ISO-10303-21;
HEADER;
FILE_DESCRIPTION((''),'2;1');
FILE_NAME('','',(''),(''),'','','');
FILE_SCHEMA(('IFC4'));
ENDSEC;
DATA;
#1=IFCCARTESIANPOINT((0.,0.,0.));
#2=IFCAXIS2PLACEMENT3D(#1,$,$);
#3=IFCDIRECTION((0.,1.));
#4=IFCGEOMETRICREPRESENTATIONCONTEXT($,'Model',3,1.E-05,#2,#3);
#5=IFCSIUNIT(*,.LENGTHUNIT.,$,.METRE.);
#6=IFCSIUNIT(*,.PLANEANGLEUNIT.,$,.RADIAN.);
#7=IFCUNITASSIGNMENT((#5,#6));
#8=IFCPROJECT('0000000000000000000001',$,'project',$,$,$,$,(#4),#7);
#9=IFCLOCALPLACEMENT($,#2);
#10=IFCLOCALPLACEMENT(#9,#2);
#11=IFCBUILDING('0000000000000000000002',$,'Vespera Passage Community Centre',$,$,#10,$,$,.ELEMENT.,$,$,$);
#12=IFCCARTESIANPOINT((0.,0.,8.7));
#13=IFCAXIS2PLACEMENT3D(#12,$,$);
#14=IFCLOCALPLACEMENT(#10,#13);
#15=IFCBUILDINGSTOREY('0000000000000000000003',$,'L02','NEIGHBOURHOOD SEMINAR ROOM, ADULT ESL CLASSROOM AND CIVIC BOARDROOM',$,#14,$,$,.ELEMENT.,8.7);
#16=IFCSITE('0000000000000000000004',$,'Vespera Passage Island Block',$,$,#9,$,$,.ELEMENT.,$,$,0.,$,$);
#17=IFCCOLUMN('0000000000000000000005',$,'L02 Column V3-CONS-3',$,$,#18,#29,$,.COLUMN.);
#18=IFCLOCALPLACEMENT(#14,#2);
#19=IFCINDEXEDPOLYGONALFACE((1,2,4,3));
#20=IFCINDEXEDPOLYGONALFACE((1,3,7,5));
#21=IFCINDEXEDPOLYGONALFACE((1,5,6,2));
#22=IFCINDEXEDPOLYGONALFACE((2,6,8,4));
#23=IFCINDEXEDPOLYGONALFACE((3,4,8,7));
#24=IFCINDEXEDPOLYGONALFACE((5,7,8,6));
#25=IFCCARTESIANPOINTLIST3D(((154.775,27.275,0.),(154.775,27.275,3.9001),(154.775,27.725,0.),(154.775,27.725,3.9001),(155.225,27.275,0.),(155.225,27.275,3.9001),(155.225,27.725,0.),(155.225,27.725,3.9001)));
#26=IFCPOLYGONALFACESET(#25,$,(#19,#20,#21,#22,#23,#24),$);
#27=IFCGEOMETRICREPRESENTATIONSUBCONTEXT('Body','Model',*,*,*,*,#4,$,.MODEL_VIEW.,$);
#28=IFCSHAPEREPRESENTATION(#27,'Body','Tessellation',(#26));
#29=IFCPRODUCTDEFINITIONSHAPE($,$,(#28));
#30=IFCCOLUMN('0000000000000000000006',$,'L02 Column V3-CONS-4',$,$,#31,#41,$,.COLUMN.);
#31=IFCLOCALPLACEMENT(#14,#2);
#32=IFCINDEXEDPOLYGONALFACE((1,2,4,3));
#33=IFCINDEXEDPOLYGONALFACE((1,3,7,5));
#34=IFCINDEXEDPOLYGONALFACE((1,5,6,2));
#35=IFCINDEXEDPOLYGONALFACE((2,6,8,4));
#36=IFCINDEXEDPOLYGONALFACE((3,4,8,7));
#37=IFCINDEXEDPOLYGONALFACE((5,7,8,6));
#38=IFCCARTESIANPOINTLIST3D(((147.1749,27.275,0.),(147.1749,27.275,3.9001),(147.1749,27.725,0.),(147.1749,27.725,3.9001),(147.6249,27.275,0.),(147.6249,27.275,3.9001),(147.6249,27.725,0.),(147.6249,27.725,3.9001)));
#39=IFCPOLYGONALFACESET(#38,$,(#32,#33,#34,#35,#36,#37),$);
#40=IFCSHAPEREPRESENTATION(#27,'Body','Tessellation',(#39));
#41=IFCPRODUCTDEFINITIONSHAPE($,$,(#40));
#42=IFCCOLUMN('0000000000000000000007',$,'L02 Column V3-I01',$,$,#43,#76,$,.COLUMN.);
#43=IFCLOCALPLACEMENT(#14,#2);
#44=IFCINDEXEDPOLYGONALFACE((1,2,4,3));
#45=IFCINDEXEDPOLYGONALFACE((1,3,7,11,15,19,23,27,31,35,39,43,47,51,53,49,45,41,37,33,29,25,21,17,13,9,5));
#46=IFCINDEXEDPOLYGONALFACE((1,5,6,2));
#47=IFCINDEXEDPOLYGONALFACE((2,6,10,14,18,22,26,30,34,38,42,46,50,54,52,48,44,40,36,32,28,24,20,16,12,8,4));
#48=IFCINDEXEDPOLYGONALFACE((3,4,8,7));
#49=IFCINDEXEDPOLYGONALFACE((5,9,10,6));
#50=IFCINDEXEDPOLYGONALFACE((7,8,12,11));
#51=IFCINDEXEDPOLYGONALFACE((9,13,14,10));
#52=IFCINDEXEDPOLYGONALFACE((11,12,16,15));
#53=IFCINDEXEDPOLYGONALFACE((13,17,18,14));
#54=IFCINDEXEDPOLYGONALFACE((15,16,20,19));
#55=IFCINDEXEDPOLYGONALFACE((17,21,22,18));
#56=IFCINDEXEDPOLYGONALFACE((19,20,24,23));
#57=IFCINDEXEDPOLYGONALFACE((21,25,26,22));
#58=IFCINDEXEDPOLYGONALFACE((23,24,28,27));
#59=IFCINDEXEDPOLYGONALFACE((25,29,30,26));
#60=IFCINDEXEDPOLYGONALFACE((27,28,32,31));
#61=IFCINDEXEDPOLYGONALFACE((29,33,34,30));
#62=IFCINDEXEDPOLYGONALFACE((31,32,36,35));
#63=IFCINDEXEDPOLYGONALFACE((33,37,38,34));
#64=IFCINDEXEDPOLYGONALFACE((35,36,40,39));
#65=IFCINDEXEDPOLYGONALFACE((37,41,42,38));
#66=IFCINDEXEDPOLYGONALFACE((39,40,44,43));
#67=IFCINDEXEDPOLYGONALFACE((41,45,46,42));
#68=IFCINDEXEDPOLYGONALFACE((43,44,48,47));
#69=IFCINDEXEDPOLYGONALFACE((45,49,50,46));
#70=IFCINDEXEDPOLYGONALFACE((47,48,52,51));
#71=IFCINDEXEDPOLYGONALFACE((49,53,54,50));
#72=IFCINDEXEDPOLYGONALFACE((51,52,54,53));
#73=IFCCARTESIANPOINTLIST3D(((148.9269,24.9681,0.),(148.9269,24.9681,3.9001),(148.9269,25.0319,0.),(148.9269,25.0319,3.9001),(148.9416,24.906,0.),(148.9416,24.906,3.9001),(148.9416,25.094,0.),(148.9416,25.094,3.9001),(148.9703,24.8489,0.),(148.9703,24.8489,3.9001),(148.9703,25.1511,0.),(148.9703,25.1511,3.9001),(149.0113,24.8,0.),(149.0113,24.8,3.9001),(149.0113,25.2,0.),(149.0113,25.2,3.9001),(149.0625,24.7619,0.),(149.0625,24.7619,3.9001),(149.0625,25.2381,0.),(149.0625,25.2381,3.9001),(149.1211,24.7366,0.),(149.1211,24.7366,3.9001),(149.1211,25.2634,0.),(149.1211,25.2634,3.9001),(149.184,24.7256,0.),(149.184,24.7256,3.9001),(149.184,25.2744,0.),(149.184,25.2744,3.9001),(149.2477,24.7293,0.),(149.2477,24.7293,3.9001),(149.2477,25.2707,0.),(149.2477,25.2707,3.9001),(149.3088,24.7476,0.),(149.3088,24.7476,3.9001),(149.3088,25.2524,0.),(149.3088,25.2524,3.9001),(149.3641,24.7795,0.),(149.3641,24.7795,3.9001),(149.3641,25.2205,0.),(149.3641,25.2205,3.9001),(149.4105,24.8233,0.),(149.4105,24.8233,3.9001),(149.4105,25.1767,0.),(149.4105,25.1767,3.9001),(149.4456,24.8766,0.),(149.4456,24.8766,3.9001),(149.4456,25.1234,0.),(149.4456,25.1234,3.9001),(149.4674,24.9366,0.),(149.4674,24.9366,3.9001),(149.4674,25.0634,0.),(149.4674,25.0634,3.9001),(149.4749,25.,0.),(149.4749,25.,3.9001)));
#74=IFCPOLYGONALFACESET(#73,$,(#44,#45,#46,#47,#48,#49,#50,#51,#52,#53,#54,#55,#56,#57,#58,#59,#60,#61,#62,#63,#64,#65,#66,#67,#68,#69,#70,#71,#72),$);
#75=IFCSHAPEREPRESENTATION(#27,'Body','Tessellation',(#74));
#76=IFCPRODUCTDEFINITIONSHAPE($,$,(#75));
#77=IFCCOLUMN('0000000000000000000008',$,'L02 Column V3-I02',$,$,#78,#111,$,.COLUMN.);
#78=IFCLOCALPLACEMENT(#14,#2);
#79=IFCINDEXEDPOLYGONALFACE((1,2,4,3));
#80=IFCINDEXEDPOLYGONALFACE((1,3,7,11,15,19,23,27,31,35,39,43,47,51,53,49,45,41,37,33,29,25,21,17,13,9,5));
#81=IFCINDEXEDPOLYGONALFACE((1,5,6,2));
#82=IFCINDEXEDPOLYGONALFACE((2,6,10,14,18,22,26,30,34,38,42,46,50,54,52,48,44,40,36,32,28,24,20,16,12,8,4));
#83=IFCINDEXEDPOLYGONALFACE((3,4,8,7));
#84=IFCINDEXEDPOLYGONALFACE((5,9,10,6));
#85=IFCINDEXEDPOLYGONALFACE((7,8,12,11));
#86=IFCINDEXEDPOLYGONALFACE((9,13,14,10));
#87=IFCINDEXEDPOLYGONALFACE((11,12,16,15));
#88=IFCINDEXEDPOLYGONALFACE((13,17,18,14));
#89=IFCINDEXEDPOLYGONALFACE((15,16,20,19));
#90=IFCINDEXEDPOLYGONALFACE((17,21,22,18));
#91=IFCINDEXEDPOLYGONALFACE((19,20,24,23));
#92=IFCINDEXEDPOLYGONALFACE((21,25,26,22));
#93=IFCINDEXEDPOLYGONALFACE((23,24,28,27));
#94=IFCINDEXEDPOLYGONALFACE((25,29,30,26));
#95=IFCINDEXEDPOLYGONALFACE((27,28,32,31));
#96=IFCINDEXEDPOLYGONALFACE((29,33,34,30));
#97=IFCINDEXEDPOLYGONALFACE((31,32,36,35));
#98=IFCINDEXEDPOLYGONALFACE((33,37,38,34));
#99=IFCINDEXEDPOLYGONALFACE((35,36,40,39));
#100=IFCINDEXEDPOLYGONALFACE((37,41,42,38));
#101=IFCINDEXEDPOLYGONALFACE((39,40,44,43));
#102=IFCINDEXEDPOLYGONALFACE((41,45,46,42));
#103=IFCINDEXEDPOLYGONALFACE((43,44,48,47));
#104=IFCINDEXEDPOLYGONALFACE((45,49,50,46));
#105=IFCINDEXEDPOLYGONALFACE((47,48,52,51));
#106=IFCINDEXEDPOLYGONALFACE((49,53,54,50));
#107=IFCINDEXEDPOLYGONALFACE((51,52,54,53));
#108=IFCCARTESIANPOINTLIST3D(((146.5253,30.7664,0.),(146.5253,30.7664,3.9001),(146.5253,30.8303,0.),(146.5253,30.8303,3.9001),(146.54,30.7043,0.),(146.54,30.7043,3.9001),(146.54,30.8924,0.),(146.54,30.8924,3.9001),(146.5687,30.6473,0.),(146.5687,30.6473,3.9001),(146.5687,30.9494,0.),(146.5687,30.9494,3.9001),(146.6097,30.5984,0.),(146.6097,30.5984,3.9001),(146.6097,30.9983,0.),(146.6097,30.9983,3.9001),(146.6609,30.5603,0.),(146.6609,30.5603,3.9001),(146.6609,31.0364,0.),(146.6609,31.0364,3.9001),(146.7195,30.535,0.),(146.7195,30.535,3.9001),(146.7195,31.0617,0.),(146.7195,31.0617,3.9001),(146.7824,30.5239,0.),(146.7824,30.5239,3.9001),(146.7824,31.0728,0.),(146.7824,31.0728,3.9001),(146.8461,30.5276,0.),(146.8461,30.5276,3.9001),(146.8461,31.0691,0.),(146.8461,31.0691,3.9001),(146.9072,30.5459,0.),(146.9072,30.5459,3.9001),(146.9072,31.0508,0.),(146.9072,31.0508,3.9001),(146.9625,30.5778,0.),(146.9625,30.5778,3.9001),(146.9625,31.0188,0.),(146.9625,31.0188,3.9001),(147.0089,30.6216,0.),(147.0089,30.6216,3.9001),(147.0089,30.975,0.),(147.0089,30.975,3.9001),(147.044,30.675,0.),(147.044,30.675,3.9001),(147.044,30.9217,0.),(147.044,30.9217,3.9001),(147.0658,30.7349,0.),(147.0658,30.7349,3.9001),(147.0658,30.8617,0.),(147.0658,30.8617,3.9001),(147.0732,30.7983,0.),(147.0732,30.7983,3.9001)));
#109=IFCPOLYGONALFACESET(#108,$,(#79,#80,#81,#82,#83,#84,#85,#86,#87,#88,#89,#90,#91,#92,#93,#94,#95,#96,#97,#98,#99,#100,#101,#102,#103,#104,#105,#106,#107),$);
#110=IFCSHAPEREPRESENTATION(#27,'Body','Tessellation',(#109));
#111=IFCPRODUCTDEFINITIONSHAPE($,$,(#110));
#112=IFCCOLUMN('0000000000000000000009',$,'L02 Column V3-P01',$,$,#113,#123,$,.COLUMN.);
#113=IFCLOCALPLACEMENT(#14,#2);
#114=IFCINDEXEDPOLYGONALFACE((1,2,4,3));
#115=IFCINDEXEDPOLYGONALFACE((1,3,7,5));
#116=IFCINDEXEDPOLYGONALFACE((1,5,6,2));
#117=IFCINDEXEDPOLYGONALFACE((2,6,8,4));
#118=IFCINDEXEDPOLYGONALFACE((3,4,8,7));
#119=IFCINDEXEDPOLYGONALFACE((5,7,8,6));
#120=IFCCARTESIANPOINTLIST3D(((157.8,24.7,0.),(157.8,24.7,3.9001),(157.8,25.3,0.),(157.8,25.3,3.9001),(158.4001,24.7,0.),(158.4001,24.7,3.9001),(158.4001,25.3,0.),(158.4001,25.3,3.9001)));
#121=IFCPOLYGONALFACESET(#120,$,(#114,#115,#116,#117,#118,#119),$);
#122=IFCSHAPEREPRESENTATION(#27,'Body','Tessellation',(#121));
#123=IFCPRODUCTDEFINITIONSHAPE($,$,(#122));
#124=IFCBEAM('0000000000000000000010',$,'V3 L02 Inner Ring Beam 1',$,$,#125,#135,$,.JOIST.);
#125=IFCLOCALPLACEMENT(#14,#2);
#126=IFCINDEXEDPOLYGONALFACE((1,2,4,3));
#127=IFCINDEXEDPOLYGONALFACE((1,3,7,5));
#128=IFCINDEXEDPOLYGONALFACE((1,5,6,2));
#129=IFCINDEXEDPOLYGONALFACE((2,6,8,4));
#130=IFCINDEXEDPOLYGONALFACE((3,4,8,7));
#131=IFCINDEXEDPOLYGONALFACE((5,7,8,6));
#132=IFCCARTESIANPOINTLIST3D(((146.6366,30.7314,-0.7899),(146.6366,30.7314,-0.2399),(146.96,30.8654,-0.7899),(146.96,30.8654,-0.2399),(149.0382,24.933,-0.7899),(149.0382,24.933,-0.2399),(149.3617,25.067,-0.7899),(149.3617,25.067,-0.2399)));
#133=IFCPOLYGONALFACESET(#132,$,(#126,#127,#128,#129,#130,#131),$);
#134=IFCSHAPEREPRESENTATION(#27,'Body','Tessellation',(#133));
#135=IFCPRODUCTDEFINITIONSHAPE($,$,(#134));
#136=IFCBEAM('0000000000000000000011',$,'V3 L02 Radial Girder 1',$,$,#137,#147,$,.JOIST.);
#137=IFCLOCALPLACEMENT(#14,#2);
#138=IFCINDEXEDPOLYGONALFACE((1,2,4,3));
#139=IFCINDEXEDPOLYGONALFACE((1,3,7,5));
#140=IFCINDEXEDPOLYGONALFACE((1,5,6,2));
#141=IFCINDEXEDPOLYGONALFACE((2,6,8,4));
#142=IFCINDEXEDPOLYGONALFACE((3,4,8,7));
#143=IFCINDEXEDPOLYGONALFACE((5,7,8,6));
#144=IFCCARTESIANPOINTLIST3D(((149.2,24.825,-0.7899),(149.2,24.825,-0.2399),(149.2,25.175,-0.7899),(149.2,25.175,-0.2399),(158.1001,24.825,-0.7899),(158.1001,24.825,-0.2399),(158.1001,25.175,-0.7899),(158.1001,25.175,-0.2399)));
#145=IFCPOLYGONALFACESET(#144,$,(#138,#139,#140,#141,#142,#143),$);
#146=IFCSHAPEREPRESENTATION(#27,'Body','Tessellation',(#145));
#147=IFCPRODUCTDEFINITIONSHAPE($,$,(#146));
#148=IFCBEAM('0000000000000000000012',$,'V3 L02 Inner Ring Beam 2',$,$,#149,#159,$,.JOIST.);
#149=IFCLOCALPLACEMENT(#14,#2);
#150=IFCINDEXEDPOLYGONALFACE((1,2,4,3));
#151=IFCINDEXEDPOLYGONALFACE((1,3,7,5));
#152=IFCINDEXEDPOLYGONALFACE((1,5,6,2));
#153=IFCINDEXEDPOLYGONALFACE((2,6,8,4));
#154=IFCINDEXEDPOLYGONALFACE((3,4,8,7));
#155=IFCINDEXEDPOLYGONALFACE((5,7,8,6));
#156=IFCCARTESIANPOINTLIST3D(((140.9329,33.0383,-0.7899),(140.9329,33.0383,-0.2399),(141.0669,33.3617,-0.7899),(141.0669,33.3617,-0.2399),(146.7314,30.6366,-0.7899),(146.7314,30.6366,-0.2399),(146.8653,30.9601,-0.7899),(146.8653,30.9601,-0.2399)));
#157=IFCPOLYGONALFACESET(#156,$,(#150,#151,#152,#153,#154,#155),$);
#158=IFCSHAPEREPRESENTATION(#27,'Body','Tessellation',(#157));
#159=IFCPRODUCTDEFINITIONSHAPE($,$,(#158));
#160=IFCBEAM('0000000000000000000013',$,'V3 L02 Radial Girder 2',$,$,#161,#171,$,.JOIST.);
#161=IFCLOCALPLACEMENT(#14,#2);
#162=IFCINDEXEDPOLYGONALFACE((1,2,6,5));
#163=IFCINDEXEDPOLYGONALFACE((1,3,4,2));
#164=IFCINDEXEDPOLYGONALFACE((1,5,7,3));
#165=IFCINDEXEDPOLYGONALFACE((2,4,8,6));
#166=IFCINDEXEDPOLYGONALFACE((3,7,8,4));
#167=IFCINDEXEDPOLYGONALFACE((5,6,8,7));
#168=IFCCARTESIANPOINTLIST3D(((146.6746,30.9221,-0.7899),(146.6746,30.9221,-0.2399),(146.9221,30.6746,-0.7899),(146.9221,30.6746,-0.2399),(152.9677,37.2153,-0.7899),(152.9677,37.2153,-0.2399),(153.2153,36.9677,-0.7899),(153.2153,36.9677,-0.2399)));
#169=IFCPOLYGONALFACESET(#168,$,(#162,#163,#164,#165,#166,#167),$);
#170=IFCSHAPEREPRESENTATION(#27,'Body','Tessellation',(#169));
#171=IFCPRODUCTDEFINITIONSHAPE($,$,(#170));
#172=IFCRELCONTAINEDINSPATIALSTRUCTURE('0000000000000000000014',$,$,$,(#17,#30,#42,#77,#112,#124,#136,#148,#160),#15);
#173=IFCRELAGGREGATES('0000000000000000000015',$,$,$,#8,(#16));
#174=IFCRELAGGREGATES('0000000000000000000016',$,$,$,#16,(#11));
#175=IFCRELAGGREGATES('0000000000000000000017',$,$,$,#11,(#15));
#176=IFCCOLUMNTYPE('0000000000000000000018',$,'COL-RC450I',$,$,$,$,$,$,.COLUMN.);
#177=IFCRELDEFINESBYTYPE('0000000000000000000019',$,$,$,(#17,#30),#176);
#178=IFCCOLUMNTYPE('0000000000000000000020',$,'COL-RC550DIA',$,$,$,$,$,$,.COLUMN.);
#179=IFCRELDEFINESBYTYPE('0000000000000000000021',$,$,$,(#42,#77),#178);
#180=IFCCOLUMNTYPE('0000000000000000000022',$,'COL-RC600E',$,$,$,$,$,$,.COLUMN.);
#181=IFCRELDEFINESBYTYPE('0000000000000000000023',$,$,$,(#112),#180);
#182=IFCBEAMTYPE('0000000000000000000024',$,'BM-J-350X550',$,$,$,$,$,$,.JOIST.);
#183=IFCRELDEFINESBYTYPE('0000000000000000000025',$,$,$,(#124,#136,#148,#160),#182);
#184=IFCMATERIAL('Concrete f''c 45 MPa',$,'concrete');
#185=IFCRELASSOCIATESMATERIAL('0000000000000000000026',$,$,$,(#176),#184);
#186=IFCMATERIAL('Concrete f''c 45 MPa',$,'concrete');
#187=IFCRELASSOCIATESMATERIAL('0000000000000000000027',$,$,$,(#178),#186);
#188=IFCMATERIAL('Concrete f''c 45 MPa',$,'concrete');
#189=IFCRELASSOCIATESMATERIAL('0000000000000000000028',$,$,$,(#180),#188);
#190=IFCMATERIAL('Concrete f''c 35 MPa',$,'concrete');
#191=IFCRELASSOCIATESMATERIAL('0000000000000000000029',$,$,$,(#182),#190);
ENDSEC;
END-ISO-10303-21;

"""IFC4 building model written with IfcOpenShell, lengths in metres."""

from ifc_helpers import new_model, si_unit, direction, frame, origin, origin_2d, place, context, subcontext, project, spatial, rectangle, circle, extrude, material, material_profile, profile_set, type_object, element, save


model = new_model("IFC4")

# Units and contexts
model_context = context("Model", 3, precision=1e-05, world=origin(), true_north=direction((0.0, 1.0)))
body_context = subcontext(model_context, "Body", "Model", "MODEL_VIEW")
ifc_project = project(units=[si_unit("LENGTHUNIT", "METRE"), si_unit("PLANEANGLEUNIT", "RADIAN")], contexts=[model_context])

# Site, building, storey
site_placement = place(None, origin())
site = spatial("IfcSite", under=ifc_project, at=site_placement, Name="Vespera Passage Island Block", CompositionType="ELEMENT", RefElevation=0.0)
building_placement = place(site_placement, origin())
building = spatial("IfcBuilding", under=site, at=building_placement, Name="Vespera Passage Community Centre", CompositionType="ELEMENT")
storey_placement = place(building_placement, frame((0.0, 0.0, 8.7)))
storey = spatial("IfcBuildingStorey", under=building, at=storey_placement, Name="L02", Description="NEIGHBOURHOOD SEMINAR ROOM, ADULT ESL CLASSROOM AND CIVIC BOARDROOM", CompositionType="ELEMENT", Elevation=8.7)

# Columns
ifc_material_1 = material(Name="Concrete f'c 45 MPa", Category="concrete")
ifc_material_profile_1 = material_profile(ifc_material_1, rectangle(XDim=0.45, YDim=0.45, at=origin_2d()), Name="RC450X450")
ifc_profile_set_1 = profile_set([ifc_material_profile_1], Name="Concrete f'c 45 MPa")
column_type_1 = type_object("IfcColumnType", Name="COL-RC450I", PredefinedType="COLUMN", material=ifc_profile_set_1)
for number, where, z_axis, x_axis, name in (
    (1, (155.0, 27.5, 0.0), (0.0, 0.0, 1.0), (1.0, 0.0, 0.0), "L02 Column V3-CONS-3"),
    (2, (147.3999, 27.5, 0.0), (0.0, 0.0, 1.0), (1.0, 0.0, 0.0), "L02 Column V3-CONS-4"),
):
    element("IfcColumn", number, at=place(storey_placement, frame(where, z_axis=z_axis, x_axis=x_axis)), inside=storey, type_object=column_type_1, Name=name, PredefinedType="COLUMN", context=body_context, shape_type="SweptSolid", body=[
        extrude(rectangle(XDim=0.45, YDim=0.45, at=origin_2d()), origin(), (0.0, 0.0, 1.0), 3.9001),
    ])
ifc_material_2 = material(Name="Concrete f'c 45 MPa", Category="concrete")
ifc_material_profile_2 = material_profile(ifc_material_2, circle(Radius=0.2749, at=origin_2d()), Name="RC550DIA")
ifc_profile_set_2 = profile_set([ifc_material_profile_2], Name="Concrete f'c 45 MPa")
column_type_2 = type_object("IfcColumnType", Name="COL-RC550DIA", PredefinedType="COLUMN", material=ifc_profile_set_2)
for number, where, z_axis, x_axis, name in (
    (3, (149.2, 25.0, 0.0), (0.0, 0.0, 1.0), (1.0, 0.0, 0.0), "L02 Column V3-I01"),
    (4, (146.7983, 30.7983, 0.0), (0.0, 0.0, 1.0), (1.0, 0.0, 0.0), "L02 Column V3-I02"),
):
    element("IfcColumn", number, at=place(storey_placement, frame(where, z_axis=z_axis, x_axis=x_axis)), inside=storey, type_object=column_type_2, Name=name, PredefinedType="COLUMN", context=body_context, shape_type="SweptSolid", body=[
        extrude(circle(Radius=0.2749, at=origin_2d()), origin(), (0.0, 0.0, 1.0), 3.9001),
    ])
ifc_material_3 = material(Name="Concrete f'c 45 MPa", Category="concrete")
ifc_material_profile_3 = material_profile(ifc_material_3, rectangle(XDim=0.6001, YDim=0.6001, at=origin_2d()), Name="RC600X600")
ifc_profile_set_3 = profile_set([ifc_material_profile_3], Name="Concrete f'c 45 MPa")
column_type_3 = type_object("IfcColumnType", Name="COL-RC600E", PredefinedType="COLUMN", material=ifc_profile_set_3)
column_placement = place(storey_placement, frame((158.1001, 25.0, 0.0), z_axis=(0.0, 0.0, 1.0), x_axis=(1.0, 0.0, 0.0)))
element("IfcColumn", 5, at=column_placement, inside=storey, type_object=column_type_3, Name="L02 Column V3-P01", PredefinedType="COLUMN", context=body_context, shape_type="SweptSolid", body=[
    extrude(rectangle(XDim=0.6001, YDim=0.6001, at=origin_2d()), origin(), (0.0, 0.0, 1.0), 3.9001),
])

# Beams
ifc_material_4 = material(Name="Concrete f'c 35 MPa", Category="concrete")
ifc_material_profile_4 = material_profile(ifc_material_4, rectangle(XDim=0.3501, YDim=0.55, at=origin_2d()), Name="RC350X550")
ifc_profile_set_4 = profile_set([ifc_material_profile_4], Name="Concrete f'c 35 MPa")
beam_type_1 = type_object("IfcBeamType", Name="BM-J-350X550", PredefinedType="JOIST", material=ifc_profile_set_4)
beam_1_placement = place(storey_placement, frame((149.2, 25.0, -0.5149), z_axis=(-0.382664, 0.923887, 0.0), x_axis=(-0.923887, -0.382664, 0.0)))
element("IfcBeam", 6, at=beam_1_placement, inside=storey, type_object=beam_type_1, Name="V3 L02 Inner Ring Beam 1", PredefinedType="JOIST", context=body_context, shape_type="SweptSolid", body=[
    extrude(rectangle(XDim=0.3501, YDim=0.55, at=origin_2d()), origin(), (0.0, 0.0, 1.0), 6.2761),
])
beam_2_placement = place(storey_placement, frame((149.2, 25.0, -0.5149), z_axis=(1.0, 0.0, 0.0), x_axis=(0.0, 1.0, 0.0)))
element("IfcBeam", 7, at=beam_2_placement, inside=storey, type_object=beam_type_1, Name="V3 L02 Radial Girder 1", PredefinedType="JOIST", context=body_context, shape_type="SweptSolid", body=[
    extrude(rectangle(XDim=0.3501, YDim=0.55, at=origin_2d()), origin(), (0.0, 0.0, 1.0), 8.9001),
])
beam_3_placement = place(storey_placement, frame((146.7983, 30.7983, -0.5149), z_axis=(-0.923887, 0.382664, 0.0), x_axis=(-0.382664, -0.923887, 0.0)))
element("IfcBeam", 8, at=beam_3_placement, inside=storey, type_object=beam_type_1, Name="V3 L02 Inner Ring Beam 2", PredefinedType="JOIST", context=body_context, shape_type="SweptSolid", body=[
    extrude(rectangle(XDim=0.3501, YDim=0.55, at=origin_2d()), origin(), (0.0, 0.0, 1.0), 6.2761),
])
beam_4_placement = place(storey_placement, frame((146.7983, 30.7983, -0.5149), z_axis=(0.707107, 0.707107, 0.0), x_axis=(-0.707107, 0.707107, 0.0)))
element("IfcBeam", 9, at=beam_4_placement, inside=storey, type_object=beam_type_1, Name="V3 L02 Radial Girder 2", PredefinedType="JOIST", context=body_context, shape_type="SweptSolid", body=[
    extrude(rectangle(XDim=0.3501, YDim=0.55, at=origin_2d()), origin(), (0.0, 0.0, 1.0), 8.8999),
])

save(model, "model.ifc")
